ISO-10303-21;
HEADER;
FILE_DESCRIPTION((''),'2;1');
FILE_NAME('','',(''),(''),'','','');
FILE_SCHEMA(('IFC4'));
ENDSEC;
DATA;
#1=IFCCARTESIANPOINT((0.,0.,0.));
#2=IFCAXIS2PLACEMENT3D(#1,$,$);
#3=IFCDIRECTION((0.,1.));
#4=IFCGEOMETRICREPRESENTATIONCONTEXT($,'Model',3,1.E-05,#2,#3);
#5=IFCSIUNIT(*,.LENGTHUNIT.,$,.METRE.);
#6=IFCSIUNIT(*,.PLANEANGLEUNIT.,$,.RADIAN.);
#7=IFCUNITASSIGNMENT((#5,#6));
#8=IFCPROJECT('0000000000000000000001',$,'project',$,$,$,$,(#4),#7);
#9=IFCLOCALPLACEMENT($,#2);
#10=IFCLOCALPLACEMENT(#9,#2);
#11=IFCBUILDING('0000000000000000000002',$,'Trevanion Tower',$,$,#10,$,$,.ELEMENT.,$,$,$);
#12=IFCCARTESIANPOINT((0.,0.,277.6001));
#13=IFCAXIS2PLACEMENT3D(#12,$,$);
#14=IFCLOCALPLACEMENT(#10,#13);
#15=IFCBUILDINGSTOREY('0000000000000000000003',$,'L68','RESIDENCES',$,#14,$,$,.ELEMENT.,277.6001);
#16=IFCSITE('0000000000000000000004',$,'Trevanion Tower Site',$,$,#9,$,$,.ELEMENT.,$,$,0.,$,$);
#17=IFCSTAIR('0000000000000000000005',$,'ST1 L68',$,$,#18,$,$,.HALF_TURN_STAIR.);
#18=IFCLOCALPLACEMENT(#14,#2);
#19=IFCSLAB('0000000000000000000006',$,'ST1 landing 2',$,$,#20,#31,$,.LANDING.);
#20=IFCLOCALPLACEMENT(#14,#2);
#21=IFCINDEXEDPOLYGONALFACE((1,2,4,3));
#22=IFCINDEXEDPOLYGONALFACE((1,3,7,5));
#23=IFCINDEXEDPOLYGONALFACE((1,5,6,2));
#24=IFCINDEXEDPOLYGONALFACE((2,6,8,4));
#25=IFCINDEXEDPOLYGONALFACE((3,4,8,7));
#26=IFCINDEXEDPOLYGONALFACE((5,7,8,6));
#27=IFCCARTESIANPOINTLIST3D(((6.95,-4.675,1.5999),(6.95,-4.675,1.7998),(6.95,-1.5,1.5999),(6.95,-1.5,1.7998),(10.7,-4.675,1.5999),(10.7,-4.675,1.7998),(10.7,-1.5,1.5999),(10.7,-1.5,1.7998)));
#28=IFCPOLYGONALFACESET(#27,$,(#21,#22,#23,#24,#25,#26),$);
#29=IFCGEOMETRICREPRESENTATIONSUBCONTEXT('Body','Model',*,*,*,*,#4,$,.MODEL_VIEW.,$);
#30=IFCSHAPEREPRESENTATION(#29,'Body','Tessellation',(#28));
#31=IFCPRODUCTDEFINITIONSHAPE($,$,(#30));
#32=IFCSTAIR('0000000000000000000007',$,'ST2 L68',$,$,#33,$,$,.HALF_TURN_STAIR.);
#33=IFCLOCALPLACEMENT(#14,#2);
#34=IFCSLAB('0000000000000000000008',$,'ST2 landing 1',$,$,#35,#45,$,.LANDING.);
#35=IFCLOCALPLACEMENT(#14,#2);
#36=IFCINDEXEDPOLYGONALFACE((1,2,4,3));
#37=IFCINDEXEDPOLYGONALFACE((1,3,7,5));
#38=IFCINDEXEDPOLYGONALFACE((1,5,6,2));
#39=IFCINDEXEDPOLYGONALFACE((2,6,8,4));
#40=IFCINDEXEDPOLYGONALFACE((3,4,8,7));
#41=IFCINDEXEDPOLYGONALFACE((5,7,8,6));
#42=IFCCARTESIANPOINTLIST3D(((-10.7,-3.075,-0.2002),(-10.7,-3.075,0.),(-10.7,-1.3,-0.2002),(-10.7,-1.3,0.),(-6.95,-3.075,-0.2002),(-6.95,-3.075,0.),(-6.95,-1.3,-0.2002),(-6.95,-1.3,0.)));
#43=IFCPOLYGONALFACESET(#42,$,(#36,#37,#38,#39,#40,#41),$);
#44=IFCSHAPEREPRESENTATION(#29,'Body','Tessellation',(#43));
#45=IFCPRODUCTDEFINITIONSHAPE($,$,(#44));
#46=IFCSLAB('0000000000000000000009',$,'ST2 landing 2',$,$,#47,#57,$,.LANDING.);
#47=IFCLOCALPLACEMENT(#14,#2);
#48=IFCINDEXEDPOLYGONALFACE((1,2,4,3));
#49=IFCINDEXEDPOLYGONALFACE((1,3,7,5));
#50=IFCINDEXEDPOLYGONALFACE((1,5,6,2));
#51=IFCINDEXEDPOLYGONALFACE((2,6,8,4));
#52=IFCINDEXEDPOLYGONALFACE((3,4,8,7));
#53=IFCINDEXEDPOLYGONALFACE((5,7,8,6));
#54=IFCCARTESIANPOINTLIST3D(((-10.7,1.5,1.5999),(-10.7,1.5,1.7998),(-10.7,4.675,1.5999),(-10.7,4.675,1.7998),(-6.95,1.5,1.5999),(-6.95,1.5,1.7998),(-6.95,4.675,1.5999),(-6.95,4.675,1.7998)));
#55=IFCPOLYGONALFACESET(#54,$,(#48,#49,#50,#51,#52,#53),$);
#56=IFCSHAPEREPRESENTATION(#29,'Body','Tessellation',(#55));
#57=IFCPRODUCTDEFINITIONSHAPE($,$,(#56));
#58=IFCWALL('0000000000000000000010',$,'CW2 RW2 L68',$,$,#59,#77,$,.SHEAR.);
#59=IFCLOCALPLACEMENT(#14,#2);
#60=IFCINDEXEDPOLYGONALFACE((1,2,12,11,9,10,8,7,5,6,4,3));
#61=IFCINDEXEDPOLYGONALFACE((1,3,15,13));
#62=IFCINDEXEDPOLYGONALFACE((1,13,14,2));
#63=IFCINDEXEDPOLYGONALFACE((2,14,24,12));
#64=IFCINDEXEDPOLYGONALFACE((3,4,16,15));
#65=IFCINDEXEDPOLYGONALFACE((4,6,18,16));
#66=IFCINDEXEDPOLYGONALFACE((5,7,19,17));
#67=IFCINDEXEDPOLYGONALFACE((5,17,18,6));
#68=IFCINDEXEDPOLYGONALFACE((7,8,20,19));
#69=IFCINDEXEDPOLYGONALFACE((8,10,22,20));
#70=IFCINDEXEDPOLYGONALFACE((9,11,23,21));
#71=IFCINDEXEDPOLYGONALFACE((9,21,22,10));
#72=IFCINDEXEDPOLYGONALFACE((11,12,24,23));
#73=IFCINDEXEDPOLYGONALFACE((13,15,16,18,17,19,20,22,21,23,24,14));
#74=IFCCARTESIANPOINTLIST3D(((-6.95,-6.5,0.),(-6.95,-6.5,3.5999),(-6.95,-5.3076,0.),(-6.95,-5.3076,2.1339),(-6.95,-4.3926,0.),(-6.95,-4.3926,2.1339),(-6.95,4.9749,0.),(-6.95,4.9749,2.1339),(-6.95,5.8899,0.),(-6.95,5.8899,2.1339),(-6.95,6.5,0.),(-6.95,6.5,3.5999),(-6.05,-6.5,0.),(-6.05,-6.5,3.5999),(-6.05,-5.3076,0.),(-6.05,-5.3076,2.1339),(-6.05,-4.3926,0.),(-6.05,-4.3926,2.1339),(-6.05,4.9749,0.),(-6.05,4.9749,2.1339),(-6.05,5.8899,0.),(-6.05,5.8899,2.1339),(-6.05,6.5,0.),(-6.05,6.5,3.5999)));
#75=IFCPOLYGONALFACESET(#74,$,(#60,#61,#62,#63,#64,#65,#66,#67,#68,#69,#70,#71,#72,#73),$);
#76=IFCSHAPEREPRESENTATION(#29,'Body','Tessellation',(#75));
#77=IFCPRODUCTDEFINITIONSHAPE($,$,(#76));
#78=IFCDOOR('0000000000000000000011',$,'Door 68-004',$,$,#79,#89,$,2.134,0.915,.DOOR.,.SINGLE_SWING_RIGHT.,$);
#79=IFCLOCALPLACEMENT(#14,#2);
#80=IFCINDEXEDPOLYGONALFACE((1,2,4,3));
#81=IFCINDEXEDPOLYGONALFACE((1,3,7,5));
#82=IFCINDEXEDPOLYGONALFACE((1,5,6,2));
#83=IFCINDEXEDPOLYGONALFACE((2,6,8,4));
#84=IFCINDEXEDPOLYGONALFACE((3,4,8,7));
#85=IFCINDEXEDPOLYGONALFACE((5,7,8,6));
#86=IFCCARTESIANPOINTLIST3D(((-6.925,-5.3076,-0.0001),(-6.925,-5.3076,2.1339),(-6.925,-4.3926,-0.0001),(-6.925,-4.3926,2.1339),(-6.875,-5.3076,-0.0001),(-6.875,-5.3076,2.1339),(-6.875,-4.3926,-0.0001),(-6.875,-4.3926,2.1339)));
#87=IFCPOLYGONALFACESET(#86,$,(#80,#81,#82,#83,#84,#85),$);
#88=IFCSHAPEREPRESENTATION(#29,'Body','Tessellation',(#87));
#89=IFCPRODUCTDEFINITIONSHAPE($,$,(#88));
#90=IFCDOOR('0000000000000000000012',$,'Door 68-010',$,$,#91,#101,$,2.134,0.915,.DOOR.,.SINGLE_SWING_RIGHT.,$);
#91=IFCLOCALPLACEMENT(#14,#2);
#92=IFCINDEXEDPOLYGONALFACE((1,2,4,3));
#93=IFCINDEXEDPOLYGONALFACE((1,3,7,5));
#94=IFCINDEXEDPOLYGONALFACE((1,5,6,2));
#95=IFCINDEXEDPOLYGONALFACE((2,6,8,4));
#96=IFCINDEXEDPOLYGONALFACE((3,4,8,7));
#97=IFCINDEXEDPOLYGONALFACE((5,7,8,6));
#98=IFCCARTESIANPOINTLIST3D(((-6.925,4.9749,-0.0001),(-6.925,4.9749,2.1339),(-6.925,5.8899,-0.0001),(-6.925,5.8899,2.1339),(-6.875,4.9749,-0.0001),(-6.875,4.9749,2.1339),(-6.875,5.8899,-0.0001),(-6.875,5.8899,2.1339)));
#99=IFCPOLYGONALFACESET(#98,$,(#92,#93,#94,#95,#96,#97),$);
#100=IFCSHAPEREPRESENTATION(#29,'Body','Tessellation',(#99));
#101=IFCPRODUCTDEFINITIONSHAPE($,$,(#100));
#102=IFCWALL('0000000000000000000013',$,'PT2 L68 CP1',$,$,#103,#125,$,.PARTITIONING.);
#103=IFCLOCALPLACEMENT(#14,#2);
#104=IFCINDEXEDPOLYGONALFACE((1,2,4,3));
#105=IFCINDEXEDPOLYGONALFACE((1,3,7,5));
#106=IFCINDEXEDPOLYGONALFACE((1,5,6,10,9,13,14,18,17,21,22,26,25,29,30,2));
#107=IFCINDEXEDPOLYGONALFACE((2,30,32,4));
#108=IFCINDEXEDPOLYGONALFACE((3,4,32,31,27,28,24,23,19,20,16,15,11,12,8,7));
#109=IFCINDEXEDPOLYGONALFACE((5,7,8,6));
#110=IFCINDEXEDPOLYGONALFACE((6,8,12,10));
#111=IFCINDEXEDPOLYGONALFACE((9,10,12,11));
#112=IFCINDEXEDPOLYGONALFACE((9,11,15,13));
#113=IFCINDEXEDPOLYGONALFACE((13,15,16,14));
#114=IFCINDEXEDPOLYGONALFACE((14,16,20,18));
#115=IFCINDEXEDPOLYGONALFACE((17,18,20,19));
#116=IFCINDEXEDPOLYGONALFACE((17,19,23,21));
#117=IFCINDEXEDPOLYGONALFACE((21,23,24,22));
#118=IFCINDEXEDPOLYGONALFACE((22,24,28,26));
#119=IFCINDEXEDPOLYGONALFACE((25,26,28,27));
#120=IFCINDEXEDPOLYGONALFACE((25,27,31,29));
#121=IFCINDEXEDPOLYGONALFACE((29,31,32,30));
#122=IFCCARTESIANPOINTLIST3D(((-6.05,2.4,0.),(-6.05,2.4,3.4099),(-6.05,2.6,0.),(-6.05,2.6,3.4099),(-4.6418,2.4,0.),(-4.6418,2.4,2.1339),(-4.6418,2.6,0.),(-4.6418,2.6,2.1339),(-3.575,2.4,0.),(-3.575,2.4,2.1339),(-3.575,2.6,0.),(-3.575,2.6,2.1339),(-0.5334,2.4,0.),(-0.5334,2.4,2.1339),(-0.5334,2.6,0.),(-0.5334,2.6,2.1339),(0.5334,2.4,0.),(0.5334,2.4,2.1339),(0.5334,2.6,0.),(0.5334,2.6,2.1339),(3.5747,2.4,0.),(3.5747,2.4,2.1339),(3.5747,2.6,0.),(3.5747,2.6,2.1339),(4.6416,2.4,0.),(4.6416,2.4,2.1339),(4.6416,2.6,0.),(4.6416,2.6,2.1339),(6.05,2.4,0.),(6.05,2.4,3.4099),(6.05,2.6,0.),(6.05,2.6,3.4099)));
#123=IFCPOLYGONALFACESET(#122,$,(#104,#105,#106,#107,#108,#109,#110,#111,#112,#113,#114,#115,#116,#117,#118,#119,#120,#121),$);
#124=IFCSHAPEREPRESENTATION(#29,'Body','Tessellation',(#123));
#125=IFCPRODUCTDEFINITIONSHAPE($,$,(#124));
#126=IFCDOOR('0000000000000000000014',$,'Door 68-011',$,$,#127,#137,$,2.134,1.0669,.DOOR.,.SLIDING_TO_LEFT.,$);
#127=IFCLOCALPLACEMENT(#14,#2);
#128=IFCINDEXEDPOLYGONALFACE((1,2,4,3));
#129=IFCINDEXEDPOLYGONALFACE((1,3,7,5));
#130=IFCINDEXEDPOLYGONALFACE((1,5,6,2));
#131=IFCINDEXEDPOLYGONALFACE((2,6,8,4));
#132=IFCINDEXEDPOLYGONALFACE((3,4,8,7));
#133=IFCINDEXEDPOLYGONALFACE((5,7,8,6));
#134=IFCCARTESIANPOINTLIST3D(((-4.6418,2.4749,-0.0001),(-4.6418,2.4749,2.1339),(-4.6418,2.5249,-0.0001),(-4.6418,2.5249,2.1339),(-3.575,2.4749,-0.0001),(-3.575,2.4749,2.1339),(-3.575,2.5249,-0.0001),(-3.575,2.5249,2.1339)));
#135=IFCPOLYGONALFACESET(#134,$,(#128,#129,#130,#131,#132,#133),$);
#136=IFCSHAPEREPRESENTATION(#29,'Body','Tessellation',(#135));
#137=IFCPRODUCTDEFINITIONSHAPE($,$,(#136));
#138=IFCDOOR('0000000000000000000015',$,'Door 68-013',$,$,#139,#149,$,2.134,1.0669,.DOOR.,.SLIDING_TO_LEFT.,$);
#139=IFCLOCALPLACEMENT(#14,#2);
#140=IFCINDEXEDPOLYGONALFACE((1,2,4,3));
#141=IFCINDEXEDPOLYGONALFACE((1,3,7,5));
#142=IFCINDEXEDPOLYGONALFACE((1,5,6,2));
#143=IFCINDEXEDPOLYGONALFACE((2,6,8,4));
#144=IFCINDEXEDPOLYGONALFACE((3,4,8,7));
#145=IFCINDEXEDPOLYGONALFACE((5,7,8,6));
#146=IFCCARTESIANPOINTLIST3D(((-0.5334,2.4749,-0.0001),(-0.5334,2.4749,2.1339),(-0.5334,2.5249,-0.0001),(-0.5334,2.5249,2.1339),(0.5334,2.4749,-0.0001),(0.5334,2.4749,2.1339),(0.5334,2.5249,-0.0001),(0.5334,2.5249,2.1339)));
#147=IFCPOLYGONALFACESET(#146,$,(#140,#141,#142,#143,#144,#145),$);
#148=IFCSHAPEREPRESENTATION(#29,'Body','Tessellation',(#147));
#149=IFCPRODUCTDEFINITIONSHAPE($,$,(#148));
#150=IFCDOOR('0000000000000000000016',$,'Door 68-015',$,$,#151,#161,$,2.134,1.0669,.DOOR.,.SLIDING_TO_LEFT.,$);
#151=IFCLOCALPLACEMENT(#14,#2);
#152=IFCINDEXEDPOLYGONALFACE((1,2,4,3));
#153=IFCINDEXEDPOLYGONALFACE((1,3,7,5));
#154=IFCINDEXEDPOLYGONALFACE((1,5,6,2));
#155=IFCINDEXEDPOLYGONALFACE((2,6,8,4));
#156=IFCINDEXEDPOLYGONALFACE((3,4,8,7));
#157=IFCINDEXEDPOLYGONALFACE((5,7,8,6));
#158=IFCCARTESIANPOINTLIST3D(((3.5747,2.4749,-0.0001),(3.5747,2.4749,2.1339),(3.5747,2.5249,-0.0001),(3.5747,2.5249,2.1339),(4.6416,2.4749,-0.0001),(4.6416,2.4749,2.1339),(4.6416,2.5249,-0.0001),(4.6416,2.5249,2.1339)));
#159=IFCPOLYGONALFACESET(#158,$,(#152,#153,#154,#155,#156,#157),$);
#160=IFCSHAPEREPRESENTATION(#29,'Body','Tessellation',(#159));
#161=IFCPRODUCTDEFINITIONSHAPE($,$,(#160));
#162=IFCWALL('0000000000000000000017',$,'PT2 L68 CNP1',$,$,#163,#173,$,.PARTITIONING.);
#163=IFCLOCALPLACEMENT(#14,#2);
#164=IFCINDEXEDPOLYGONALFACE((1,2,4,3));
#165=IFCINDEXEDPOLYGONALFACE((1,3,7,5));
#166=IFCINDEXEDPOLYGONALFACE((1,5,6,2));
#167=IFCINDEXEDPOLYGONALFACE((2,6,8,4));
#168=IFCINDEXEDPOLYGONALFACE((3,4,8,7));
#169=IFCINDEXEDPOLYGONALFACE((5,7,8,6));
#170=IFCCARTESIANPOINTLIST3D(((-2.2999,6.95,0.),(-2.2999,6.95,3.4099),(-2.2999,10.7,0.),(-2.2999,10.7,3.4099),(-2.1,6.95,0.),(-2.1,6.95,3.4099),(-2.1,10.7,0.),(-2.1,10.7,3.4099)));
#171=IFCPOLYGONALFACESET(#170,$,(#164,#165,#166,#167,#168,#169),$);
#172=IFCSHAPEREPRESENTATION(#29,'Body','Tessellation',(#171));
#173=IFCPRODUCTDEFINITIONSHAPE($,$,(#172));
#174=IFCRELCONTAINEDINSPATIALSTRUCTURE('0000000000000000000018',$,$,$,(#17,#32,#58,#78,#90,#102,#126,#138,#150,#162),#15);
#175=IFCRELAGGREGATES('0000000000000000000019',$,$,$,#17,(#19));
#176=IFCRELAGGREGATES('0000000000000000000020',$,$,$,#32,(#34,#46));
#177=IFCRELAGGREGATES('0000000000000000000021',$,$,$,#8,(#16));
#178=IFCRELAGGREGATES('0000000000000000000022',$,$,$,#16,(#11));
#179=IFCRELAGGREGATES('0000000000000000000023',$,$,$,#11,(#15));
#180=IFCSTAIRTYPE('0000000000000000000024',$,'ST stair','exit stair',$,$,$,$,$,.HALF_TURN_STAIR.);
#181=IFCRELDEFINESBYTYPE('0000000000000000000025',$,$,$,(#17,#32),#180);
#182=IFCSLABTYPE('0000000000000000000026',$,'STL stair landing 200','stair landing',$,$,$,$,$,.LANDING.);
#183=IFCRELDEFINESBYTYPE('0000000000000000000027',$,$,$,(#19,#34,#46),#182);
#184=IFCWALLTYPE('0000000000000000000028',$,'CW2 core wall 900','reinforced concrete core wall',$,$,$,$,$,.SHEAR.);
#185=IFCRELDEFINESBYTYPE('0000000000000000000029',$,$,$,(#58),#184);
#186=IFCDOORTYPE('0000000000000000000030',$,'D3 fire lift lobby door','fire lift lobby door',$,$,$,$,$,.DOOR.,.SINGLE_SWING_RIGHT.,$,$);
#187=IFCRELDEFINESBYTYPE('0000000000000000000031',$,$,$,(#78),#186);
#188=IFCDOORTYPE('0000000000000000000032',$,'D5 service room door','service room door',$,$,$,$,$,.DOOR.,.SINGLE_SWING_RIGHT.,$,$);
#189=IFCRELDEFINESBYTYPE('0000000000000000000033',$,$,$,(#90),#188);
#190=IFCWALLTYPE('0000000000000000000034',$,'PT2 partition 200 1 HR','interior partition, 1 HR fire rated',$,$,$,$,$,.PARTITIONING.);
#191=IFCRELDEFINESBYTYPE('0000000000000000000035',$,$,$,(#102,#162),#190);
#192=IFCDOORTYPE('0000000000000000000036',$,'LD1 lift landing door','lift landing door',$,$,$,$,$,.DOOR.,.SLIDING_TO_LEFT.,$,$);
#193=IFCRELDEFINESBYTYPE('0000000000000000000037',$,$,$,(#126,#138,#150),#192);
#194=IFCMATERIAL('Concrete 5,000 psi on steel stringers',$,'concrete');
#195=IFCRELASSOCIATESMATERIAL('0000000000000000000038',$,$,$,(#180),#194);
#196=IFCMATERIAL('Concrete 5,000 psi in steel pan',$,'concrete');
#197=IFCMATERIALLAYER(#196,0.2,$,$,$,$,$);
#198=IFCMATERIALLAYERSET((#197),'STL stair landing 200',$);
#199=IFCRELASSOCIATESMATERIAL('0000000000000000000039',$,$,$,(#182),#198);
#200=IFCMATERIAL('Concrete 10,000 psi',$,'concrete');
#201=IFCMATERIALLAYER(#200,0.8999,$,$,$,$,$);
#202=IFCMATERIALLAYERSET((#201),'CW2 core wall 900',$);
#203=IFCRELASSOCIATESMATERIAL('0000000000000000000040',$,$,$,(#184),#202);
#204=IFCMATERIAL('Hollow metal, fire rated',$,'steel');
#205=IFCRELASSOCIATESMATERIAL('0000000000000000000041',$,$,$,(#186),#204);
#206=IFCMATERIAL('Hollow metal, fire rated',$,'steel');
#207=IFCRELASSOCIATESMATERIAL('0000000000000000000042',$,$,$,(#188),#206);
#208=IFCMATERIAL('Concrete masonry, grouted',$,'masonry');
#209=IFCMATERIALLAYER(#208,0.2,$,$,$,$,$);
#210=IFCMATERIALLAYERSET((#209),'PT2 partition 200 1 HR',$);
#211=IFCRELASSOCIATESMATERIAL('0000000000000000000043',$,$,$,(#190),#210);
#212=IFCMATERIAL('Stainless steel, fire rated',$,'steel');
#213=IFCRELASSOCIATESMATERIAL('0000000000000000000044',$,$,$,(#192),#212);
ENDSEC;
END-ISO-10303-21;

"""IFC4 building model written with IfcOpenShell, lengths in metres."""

from ifc_helpers import new_model, si_unit, direction, frame, frame_2d, origin, place, context, subcontext, project, spatial, polyline, rectangle, outline, extrude, material, layer, layer_set, type_object, element, fill, aggregate, save


model = new_model("IFC4")

# Units and contexts
model_context = context("Model", 3, precision=1e-05, world=origin(), true_north=direction((0.0, 1.0)))
body_context = subcontext(model_context, "Body", "Model", "MODEL_VIEW")
ifc_project = project(units=[si_unit("LENGTHUNIT", "METRE"), si_unit("PLANEANGLEUNIT", "RADIAN")], contexts=[model_context])

# Site, building, storey
site_placement = place(None, origin())
site = spatial("IfcSite", under=ifc_project, at=site_placement, Name="Trevanion Tower Site", CompositionType="ELEMENT", RefElevation=0.0)
building_placement = place(site_placement, origin())
building = spatial("IfcBuilding", under=site, at=building_placement, Name="Trevanion Tower", CompositionType="ELEMENT")
storey_placement = place(building_placement, frame((0.0, 0.0, 277.6001)))
storey = spatial("IfcBuildingStorey", under=building, at=storey_placement, Name="L68", Description="RESIDENCES", CompositionType="ELEMENT", Elevation=277.6001)

# Stairs, slabs
ifc_material_1 = material(Name="Concrete 5,000 psi on steel stringers", Category="concrete")
stair_type = type_object("IfcStairType", Name="ST stair", Description="exit stair", PredefinedType="HALF_TURN_STAIR", material=ifc_material_1)
stair_1_placement = place(storey_placement, origin())
stair_1 = element("IfcStair", 1, at=stair_1_placement, inside=storey, type_object=stair_type, Name="ST1 L68", PredefinedType="HALF_TURN_STAIR")
ifc_material_2 = material(Name="Concrete 5,000 psi in steel pan", Category="concrete")
ifc_layer_1 = layer(ifc_material_2, 0.2)
ifc_layer_set_1 = layer_set([ifc_layer_1], Name="STL stair landing 200")
slab_type_1 = type_object("IfcSlabType", Name="STL stair landing 200", Description="stair landing", PredefinedType="LANDING", material=ifc_layer_set_1)
slab_1_placement = place(storey_placement, frame((0.0, 0.0, 1.5999)))
slab_1 = element("IfcSlab", 2, at=slab_1_placement, type_object=slab_type_1, Name="ST1 landing 2", PredefinedType="LANDING", context=body_context, shape_type="SweptSolid", body=[
    extrude(outline(polyline([(6.95, -4.675), (10.7, -4.675), (10.7, -1.5), (6.95, -1.5), (6.95, -4.675)])), origin(), (0.0, 0.0, 1.0), 0.2),
])
aggregate(stair_1, [slab_1])
stair_2_placement = place(storey_placement, origin())
stair_2 = element("IfcStair", 3, at=stair_2_placement, inside=storey, type_object=stair_type, Name="ST2 L68", PredefinedType="HALF_TURN_STAIR")
slab_2_placement = place(storey_placement, frame((0.0, 0.0, -0.2002)))
slab_2 = element("IfcSlab", 4, at=slab_2_placement, type_object=slab_type_1, Name="ST2 landing 1", PredefinedType="LANDING", context=body_context, shape_type="SweptSolid", body=[
    extrude(outline(polyline([(-6.95, -1.3), (-10.7, -1.3), (-10.7, -3.075), (-6.95, -3.075), (-6.95, -1.3)])), origin(), (0.0, 0.0, 1.0), 0.2002),
])
slab_3_placement = place(storey_placement, frame((0.0, 0.0, 1.5999)))
slab_3 = element("IfcSlab", 5, at=slab_3_placement, type_object=slab_type_1, Name="ST2 landing 2", PredefinedType="LANDING", context=body_context, shape_type="SweptSolid", body=[
    extrude(outline(polyline([(-6.95, 4.675), (-10.7, 4.675), (-10.7, 1.5), (-6.95, 1.5), (-6.95, 4.675)])), origin(), (0.0, 0.0, 1.0), 0.2),
])
aggregate(stair_2, [slab_2, slab_3])

# Walls, openings, doors
ifc_material_3 = material(Name="Concrete 10,000 psi", Category="concrete")
ifc_layer_2 = layer(ifc_material_3, 0.8999)
ifc_layer_set_2 = layer_set([ifc_layer_2], Name="CW2 core wall 900")
wall_type_1 = type_object("IfcWallType", Name="CW2 core wall 900", Description="reinforced concrete core wall", PredefinedType="SHEAR", material=ifc_layer_set_2)
wall_1_placement = place(storey_placement, frame((-6.5, 6.5, 0.0), z_axis=(0.0, 0.0, 1.0), x_axis=(0.0, -1.0, 0.0)))
wall_1 = element("IfcWall", 6, at=wall_1_placement, inside=storey, type_object=wall_type_1, Name="CW2 RW2 L68", PredefinedType="SHEAR", context=body_context, shape_type="SweptSolid", body=[
    extrude(rectangle(XDim=13.0, YDim=0.8999, at=frame_2d((6.5, 0.0))), origin(), (0.0, 0.0, 1.0), 3.5999),
])
opening_1_placement = place(wall_1_placement, frame((10.8926, 0.0, 0.0)))
opening_1 = element("IfcOpeningElement", 7, at=opening_1_placement, cuts=wall_1, PredefinedType="OPENING", context=body_context, shape_type="SweptSolid", body=[
    extrude(rectangle(XDim=0.915, YDim=2.134, at=frame_2d((0.4575, 1.0669))), frame((0.0, 0.46, 0.0), z_axis=(0.0, -1.0, 0.0), x_axis=(1.0, 0.0, 0.0)), (0.0, 0.0, 1.0), 0.9199),
])
opening_2_placement = place(wall_1_placement, frame((0.6101, 0.0, 0.0)))
opening_2 = element("IfcOpeningElement", 8, at=opening_2_placement, cuts=wall_1, PredefinedType="OPENING", context=body_context, shape_type="SweptSolid", body=[
    extrude(rectangle(XDim=0.915, YDim=2.134, at=frame_2d((0.4575, 1.0669))), frame((0.0, 0.46, 0.0), z_axis=(0.0, -1.0, 0.0), x_axis=(1.0, 0.0, 0.0)), (0.0, 0.0, 1.0), 0.9199),
])
ifc_material_4 = material(Name="Hollow metal, fire rated", Category="steel")
door_type_1 = type_object("IfcDoorType", Name="D3 fire lift lobby door", Description="fire lift lobby door", OperationType="SINGLE_SWING_RIGHT", PredefinedType="DOOR", material=ifc_material_4)
door_1_placement = place(opening_1_placement, origin())
door_1 = element("IfcDoor", 9, at=door_1_placement, inside=storey, type_object=door_type_1, Name="Door 68-004", OperationType="SINGLE_SWING_RIGHT", OverallHeight=2.134, OverallWidth=0.915, PredefinedType="DOOR", context=body_context, shape_type="SweptSolid", body=[
    extrude(rectangle(XDim=0.915, YDim=2.134, at=frame_2d((0.4575, 1.0669))), frame((0.0, -0.375, 0.0), z_axis=(0.0, -1.0, 0.0), x_axis=(1.0, 0.0, 0.0)), (0.0, 0.0, 1.0), 0.05),
])
fill(opening_1, door_1)
ifc_material_5 = material(Name="Hollow metal, fire rated", Category="steel")
door_type_2 = type_object("IfcDoorType", Name="D5 service room door", Description="service room door", OperationType="SINGLE_SWING_RIGHT", PredefinedType="DOOR", material=ifc_material_5)
door_2_placement = place(opening_2_placement, origin())
door_2 = element("IfcDoor", 10, at=door_2_placement, inside=storey, type_object=door_type_2, Name="Door 68-010", OperationType="SINGLE_SWING_RIGHT", OverallHeight=2.134, OverallWidth=0.915, PredefinedType="DOOR", context=body_context, shape_type="SweptSolid", body=[
    extrude(rectangle(XDim=0.915, YDim=2.134, at=frame_2d((0.4575, 1.0669))), frame((0.0, -0.375, 0.0), z_axis=(0.0, -1.0, 0.0), x_axis=(1.0, 0.0, 0.0)), (0.0, 0.0, 1.0), 0.05),
])
fill(opening_2, door_2)
ifc_material_6 = material(Name="Concrete masonry, grouted", Category="masonry")
ifc_layer_3 = layer(ifc_material_6, 0.2)
ifc_layer_set_3 = layer_set([ifc_layer_3], Name="PT2 partition 200 1 HR")
wall_type_2 = type_object("IfcWallType", Name="PT2 partition 200 1 HR", Description="interior partition, 1 HR fire rated", PredefinedType="PARTITIONING", material=ifc_layer_set_3)
wall_2_placement = place(storey_placement, frame((-6.05, 2.5, 0.0), z_axis=(0.0, 0.0, 1.0), x_axis=(1.0, 0.0, 0.0)))
wall_2 = element("IfcWall", 11, at=wall_2_placement, inside=storey, type_object=wall_type_2, Name="PT2 L68 CP1", PredefinedType="PARTITIONING", context=body_context, shape_type="SweptSolid", body=[
    extrude(rectangle(XDim=12.1001, YDim=0.2, at=frame_2d((6.05, 0.0))), origin(), (0.0, 0.0, 1.0), 3.4099),
])
opening_3_placement = place(wall_2_placement, frame((1.4082, 0.0, 0.0)))
opening_3 = element("IfcOpeningElement", 12, at=opening_3_placement, cuts=wall_2, PredefinedType="OPENING", context=body_context, shape_type="SweptSolid", body=[
    extrude(rectangle(XDim=1.0669, YDim=2.134, at=frame_2d((0.5334, 1.0669))), frame((0.0, 0.1099, 0.0), z_axis=(0.0, -1.0, 0.0), x_axis=(1.0, 0.0, 0.0)), (0.0, 0.0, 1.0), 0.22),
])
opening_4_placement = place(wall_2_placement, frame((5.5166, 0.0, 0.0)))
opening_4 = element("IfcOpeningElement", 13, at=opening_4_placement, cuts=wall_2, PredefinedType="OPENING", context=body_context, shape_type="SweptSolid", body=[
    extrude(rectangle(XDim=1.0669, YDim=2.134, at=frame_2d((0.5334, 1.0669))), frame((0.0, 0.1099, 0.0), z_axis=(0.0, -1.0, 0.0), x_axis=(1.0, 0.0, 0.0)), (0.0, 0.0, 1.0), 0.22),
])
opening_5_placement = place(wall_2_placement, frame((9.6248, 0.0, 0.0)))
opening_5 = element("IfcOpeningElement", 14, at=opening_5_placement, cuts=wall_2, PredefinedType="OPENING", context=body_context, shape_type="SweptSolid", body=[
    extrude(rectangle(XDim=1.0669, YDim=2.134, at=frame_2d((0.5334, 1.0669))), frame((0.0, 0.1099, 0.0), z_axis=(0.0, -1.0, 0.0), x_axis=(1.0, 0.0, 0.0)), (0.0, 0.0, 1.0), 0.22),
])
ifc_material_7 = material(Name="Stainless steel, fire rated", Category="steel")
door_type_3 = type_object("IfcDoorType", Name="LD1 lift landing door", Description="lift landing door", OperationType="SLIDING_TO_LEFT", PredefinedType="DOOR", material=ifc_material_7)
door_3_placement = place(opening_3_placement, origin())
door_3 = element("IfcDoor", 15, at=door_3_placement, inside=storey, type_object=door_type_3, Name="Door 68-011", OperationType="SLIDING_TO_LEFT", OverallHeight=2.134, OverallWidth=1.0669, PredefinedType="DOOR", context=body_context, shape_type="SweptSolid", body=[
    extrude(rectangle(XDim=1.0669, YDim=2.134, at=frame_2d((0.5334, 1.0669))), frame((0.0, 0.0249, 0.0), z_axis=(0.0, -1.0, 0.0), x_axis=(1.0, 0.0, 0.0)), (0.0, 0.0, 1.0), 0.05),
])
fill(opening_3, door_3)
door_4_placement = place(opening_4_placement, origin())
door_4 = element("IfcDoor", 16, at=door_4_placement, inside=storey, type_object=door_type_3, Name="Door 68-013", OperationType="SLIDING_TO_LEFT", OverallHeight=2.134, OverallWidth=1.0669, PredefinedType="DOOR", context=body_context, shape_type="SweptSolid", body=[
    extrude(rectangle(XDim=1.0669, YDim=2.134, at=frame_2d((0.5334, 1.0669))), frame((0.0, 0.0249, 0.0), z_axis=(0.0, -1.0, 0.0), x_axis=(1.0, 0.0, 0.0)), (0.0, 0.0, 1.0), 0.05),
])
fill(opening_4, door_4)
door_5_placement = place(opening_5_placement, origin())
door_5 = element("IfcDoor", 17, at=door_5_placement, inside=storey, type_object=door_type_3, Name="Door 68-015", OperationType="SLIDING_TO_LEFT", OverallHeight=2.134, OverallWidth=1.0669, PredefinedType="DOOR", context=body_context, shape_type="SweptSolid", body=[
    extrude(rectangle(XDim=1.0669, YDim=2.134, at=frame_2d((0.5334, 1.0669))), frame((0.0, 0.0249, 0.0), z_axis=(0.0, -1.0, 0.0), x_axis=(1.0, 0.0, 0.0)), (0.0, 0.0, 1.0), 0.05),
])
fill(opening_5, door_5)

# Wall
wall_3_placement = place(storey_placement, frame((-2.2, 6.95, 0.0), z_axis=(0.0, 0.0, 1.0), x_axis=(0.0, 1.0, 0.0)))
element("IfcWall", 18, at=wall_3_placement, inside=storey, type_object=wall_type_2, Name="PT2 L68 CNP1", PredefinedType="PARTITIONING", context=body_context, shape_type="SweptSolid", body=[
    extrude(rectangle(XDim=3.75, YDim=0.2, at=frame_2d((1.875, 0.0))), origin(), (0.0, 0.0, 1.0), 3.4099),
])

save(model, "model.ifc")
